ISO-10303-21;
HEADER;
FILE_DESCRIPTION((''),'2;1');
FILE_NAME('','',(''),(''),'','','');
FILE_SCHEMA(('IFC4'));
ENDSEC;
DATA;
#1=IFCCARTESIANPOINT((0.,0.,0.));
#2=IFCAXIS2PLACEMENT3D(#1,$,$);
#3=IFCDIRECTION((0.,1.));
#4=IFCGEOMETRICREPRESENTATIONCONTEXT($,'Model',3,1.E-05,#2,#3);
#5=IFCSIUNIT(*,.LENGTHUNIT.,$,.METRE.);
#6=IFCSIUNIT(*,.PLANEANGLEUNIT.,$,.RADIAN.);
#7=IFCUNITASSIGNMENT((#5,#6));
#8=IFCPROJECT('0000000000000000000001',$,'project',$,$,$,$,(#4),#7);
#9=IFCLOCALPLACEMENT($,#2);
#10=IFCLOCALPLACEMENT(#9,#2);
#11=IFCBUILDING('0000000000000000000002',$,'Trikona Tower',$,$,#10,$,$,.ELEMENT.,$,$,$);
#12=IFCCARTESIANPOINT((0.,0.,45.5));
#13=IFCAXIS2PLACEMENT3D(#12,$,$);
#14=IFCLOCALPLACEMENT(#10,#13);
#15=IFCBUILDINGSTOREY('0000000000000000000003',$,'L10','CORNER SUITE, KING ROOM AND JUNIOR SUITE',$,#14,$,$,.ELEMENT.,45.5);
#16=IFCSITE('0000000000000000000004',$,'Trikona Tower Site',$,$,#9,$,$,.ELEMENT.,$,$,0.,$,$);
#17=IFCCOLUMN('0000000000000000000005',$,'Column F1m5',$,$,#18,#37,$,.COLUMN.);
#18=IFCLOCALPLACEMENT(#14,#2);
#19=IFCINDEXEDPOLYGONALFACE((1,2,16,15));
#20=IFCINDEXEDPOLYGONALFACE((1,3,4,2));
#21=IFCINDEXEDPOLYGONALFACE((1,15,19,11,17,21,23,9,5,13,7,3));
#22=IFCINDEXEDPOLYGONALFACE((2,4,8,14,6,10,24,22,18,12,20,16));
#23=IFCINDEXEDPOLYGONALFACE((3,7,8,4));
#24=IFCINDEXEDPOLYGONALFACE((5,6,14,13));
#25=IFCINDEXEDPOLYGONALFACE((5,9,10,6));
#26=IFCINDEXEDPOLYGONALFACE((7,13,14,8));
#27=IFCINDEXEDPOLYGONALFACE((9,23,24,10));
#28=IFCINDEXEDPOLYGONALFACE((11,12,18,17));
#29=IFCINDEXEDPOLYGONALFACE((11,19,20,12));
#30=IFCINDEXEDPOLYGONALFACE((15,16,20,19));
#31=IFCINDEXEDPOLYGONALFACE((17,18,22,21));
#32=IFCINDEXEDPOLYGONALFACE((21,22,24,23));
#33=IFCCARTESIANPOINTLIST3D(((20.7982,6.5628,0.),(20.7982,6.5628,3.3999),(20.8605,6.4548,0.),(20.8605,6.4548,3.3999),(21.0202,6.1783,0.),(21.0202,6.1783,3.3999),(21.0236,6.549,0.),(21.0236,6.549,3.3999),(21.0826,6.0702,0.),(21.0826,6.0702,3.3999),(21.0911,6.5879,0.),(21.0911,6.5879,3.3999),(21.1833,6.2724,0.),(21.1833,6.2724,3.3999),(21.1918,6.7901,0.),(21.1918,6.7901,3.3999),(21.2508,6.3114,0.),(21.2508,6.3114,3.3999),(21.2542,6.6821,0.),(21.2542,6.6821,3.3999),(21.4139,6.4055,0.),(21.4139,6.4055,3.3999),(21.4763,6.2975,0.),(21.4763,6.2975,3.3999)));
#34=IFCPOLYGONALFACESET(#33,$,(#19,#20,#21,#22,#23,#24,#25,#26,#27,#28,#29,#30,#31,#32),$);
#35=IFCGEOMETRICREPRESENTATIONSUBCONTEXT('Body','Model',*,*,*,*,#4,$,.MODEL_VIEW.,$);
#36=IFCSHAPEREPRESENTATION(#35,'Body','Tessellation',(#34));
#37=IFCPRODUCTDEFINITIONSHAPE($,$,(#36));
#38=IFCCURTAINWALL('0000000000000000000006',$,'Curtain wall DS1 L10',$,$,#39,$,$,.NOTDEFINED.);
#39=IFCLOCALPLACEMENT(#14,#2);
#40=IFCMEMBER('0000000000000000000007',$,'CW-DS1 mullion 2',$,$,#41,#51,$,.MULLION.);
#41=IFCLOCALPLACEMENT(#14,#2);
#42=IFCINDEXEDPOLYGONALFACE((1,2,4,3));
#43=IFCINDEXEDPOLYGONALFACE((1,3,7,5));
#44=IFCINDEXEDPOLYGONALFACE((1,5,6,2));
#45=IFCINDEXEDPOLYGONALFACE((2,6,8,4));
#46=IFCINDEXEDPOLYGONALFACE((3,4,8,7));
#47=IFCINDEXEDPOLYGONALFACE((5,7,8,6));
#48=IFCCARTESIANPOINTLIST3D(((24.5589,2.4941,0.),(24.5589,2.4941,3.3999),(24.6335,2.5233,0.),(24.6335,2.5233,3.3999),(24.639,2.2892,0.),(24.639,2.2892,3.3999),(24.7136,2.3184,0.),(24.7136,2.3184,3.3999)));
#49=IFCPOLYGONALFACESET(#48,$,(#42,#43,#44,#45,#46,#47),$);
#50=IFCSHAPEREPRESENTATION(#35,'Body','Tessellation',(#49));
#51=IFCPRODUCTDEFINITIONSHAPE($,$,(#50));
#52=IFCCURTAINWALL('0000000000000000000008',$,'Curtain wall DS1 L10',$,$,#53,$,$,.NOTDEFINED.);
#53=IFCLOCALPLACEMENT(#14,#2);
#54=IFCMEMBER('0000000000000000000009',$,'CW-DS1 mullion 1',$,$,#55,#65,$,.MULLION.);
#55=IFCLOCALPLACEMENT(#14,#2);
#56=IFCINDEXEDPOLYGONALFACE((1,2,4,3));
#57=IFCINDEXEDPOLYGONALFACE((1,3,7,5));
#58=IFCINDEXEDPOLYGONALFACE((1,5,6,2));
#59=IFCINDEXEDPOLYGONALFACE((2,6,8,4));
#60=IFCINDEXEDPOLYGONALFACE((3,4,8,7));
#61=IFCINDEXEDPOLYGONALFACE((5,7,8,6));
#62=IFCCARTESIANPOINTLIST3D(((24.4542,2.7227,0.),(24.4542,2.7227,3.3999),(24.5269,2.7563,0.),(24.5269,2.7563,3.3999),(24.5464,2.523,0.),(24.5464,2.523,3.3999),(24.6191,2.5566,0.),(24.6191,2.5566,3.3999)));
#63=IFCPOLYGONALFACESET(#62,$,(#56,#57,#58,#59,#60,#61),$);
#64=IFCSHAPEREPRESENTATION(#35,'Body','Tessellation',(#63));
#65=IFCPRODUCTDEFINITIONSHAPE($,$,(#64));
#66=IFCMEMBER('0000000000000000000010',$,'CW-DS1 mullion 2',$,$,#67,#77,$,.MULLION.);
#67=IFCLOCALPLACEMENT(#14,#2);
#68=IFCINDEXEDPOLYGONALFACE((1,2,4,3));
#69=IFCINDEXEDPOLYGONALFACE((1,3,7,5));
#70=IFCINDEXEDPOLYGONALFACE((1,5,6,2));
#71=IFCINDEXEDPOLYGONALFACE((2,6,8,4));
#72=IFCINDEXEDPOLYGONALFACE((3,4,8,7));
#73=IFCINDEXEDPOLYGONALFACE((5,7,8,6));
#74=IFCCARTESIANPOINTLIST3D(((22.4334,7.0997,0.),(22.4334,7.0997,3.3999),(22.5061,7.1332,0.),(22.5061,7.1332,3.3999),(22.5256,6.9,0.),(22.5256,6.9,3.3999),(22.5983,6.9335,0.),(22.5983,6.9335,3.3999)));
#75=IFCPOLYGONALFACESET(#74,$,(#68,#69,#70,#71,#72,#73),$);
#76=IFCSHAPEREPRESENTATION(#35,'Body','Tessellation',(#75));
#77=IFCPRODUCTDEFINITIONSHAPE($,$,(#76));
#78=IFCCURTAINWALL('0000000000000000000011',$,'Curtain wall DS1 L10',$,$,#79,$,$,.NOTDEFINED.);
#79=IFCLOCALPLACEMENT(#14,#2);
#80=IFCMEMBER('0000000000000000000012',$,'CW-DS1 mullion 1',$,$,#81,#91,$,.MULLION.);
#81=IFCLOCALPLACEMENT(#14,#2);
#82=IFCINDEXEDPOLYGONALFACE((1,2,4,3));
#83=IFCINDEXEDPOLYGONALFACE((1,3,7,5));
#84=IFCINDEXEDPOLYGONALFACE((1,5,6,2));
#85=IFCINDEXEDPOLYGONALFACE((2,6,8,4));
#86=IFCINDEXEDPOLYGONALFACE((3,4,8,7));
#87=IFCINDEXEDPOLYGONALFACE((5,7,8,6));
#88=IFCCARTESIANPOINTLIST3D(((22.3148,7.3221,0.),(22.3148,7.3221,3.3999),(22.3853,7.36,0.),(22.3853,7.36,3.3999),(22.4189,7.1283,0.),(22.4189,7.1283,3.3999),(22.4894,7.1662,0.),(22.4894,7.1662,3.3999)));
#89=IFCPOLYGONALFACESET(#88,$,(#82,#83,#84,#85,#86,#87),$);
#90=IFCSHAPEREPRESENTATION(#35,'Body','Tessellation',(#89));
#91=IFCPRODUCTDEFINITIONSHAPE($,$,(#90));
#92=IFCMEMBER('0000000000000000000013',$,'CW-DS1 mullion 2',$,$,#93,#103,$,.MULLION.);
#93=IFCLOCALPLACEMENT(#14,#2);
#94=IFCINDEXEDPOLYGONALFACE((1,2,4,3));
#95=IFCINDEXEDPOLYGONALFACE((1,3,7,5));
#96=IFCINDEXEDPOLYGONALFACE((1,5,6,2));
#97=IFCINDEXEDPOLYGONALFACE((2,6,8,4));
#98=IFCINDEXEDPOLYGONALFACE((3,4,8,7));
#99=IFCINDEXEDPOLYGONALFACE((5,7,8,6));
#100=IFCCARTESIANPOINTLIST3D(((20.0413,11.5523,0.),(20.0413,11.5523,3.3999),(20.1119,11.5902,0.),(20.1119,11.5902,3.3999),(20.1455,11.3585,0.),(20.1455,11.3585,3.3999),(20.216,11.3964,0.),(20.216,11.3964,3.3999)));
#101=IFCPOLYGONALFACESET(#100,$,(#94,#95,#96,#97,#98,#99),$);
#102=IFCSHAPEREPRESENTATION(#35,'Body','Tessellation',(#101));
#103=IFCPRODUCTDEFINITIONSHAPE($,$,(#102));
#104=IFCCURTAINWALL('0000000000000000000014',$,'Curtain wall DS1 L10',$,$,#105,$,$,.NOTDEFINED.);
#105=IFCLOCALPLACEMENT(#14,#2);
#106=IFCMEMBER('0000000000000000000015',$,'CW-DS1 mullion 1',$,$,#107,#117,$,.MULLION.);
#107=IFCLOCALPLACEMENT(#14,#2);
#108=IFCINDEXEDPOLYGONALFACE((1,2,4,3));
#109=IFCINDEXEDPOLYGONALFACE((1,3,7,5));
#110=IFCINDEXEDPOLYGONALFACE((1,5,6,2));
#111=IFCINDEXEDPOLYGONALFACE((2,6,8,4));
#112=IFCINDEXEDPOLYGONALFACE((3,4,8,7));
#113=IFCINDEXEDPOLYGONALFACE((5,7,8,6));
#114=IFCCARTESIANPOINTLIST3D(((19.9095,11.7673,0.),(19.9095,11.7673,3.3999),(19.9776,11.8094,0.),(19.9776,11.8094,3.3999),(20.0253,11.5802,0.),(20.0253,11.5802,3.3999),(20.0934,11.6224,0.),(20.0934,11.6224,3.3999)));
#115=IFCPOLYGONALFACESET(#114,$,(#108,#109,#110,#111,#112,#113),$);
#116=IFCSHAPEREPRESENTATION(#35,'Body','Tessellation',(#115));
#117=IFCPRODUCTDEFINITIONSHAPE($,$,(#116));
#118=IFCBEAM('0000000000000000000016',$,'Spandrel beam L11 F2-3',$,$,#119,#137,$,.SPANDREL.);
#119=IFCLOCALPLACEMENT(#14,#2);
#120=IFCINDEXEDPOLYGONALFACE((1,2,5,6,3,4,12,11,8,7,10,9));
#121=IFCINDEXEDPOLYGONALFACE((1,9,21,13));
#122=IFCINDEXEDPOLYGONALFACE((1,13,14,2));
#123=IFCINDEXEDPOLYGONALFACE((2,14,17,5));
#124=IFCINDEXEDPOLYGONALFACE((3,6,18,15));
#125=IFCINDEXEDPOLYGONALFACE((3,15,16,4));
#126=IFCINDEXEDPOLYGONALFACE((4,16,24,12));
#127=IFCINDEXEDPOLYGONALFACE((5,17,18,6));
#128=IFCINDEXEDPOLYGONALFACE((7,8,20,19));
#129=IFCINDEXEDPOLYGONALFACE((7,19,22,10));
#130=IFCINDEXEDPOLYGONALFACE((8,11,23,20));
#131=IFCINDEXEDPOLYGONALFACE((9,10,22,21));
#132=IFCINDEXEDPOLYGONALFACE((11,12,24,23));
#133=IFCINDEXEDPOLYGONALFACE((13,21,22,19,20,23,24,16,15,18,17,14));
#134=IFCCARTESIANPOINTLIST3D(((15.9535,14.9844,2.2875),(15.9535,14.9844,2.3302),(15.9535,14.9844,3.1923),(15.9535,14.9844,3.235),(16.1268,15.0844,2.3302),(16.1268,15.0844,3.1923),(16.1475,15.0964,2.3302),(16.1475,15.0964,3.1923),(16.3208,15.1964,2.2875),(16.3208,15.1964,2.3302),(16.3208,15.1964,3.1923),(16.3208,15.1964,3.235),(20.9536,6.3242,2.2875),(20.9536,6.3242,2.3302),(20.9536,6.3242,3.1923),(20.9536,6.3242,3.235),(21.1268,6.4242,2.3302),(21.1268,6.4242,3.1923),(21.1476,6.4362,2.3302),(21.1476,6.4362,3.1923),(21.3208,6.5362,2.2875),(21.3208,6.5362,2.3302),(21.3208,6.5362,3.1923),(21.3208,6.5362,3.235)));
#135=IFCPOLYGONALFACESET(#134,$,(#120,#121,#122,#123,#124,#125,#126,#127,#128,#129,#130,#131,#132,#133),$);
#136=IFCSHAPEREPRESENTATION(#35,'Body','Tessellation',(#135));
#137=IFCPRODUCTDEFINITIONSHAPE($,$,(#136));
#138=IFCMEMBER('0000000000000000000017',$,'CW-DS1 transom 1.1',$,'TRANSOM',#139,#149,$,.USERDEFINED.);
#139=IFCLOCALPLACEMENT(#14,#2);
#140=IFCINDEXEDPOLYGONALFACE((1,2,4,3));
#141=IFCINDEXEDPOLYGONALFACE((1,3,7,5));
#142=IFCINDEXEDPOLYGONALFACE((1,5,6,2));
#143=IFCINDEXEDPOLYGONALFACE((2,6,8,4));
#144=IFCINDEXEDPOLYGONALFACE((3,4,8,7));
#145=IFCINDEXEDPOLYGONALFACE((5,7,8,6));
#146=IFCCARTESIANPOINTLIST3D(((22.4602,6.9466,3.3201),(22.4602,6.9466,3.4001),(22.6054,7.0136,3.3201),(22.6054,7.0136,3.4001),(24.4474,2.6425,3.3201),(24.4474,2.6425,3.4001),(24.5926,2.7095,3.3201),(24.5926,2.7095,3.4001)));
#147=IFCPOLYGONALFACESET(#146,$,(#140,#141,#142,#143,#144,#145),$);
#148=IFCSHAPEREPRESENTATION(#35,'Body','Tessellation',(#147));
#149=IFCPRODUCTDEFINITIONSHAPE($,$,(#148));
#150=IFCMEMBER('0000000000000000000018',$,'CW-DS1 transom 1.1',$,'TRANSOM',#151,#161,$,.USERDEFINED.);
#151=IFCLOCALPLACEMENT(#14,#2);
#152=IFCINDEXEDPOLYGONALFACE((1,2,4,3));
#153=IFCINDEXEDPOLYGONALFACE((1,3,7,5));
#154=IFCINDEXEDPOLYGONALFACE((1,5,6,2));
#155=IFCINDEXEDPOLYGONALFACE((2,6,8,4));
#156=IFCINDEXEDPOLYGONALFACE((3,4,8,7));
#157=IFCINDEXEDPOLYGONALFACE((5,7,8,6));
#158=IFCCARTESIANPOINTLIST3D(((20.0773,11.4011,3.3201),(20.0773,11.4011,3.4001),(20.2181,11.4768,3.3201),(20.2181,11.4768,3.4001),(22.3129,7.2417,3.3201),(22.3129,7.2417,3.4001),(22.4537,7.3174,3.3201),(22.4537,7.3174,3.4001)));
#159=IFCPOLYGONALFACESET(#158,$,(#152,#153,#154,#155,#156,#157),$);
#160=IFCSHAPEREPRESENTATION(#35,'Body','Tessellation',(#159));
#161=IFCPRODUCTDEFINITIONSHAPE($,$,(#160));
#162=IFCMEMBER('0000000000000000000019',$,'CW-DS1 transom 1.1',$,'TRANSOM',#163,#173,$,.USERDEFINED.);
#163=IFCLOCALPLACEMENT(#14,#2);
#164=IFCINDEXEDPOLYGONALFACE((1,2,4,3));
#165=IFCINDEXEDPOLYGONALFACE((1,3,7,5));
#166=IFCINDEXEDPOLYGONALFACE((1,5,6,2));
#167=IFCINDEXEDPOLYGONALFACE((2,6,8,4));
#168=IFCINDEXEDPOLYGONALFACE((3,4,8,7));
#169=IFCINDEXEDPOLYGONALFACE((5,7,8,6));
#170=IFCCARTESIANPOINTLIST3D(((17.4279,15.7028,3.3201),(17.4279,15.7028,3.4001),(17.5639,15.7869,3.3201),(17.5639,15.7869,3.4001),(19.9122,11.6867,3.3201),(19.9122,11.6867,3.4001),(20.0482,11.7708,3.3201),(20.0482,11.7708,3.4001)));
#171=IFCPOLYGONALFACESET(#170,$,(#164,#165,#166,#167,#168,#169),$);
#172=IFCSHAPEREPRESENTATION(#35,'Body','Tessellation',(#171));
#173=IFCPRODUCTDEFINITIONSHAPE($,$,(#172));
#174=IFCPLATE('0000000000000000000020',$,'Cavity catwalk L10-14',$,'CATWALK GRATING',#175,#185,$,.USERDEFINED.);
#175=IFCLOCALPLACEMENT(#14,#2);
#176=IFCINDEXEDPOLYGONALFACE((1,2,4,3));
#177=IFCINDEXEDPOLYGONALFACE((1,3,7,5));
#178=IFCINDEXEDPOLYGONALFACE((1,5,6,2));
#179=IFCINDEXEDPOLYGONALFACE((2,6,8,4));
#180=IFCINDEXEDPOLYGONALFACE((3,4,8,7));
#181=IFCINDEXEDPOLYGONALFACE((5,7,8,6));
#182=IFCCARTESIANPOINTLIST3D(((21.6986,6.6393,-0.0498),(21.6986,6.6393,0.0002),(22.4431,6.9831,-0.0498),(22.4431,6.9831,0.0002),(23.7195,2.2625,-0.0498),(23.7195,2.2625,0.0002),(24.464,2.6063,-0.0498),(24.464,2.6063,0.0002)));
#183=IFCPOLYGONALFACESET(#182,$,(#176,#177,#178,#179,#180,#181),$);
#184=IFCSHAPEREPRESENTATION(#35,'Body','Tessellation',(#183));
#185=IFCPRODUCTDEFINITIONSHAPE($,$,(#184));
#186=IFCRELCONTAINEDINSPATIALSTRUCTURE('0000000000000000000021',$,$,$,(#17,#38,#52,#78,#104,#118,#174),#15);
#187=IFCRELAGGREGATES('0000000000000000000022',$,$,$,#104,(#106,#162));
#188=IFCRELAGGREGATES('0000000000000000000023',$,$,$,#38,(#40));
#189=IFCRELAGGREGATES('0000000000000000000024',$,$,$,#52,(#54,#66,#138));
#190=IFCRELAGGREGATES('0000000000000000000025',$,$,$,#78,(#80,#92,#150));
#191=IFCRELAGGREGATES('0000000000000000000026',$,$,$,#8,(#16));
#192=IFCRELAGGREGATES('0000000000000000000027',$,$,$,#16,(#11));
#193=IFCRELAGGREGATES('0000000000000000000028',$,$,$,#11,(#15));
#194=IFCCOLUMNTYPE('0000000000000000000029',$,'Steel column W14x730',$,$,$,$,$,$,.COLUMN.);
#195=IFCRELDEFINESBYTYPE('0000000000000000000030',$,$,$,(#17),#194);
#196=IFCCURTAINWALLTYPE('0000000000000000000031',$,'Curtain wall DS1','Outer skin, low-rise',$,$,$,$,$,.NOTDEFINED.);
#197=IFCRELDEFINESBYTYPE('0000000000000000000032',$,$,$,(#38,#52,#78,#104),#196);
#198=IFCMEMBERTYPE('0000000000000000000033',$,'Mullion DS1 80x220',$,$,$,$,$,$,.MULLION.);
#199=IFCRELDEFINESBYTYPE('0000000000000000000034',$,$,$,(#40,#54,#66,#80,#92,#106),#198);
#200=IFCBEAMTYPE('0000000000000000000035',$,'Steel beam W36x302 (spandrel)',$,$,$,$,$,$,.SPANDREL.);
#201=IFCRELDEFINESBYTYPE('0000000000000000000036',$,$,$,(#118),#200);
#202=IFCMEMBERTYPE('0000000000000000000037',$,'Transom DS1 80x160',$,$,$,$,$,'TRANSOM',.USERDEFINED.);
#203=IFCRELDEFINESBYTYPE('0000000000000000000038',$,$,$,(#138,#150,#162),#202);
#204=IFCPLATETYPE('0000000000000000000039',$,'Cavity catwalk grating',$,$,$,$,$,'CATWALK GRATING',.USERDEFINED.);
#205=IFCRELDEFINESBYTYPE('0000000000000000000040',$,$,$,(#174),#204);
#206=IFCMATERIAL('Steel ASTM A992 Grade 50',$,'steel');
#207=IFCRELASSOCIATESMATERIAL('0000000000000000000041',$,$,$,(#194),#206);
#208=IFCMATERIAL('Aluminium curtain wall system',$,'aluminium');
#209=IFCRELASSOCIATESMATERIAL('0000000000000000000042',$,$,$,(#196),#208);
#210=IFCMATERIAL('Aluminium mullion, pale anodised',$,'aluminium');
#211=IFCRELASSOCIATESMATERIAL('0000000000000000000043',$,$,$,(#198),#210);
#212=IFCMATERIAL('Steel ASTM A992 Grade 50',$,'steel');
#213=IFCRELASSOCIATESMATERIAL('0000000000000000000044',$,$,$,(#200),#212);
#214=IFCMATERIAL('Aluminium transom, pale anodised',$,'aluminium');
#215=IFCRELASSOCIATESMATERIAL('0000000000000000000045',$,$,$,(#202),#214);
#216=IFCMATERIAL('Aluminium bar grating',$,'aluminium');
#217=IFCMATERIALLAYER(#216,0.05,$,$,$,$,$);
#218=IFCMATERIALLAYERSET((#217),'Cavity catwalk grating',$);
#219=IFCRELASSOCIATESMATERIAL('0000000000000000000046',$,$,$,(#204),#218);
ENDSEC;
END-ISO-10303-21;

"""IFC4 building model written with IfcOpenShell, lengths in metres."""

from ifc_helpers import new_model, si_unit, direction, frame, origin, origin_2d, place, context, subcontext, project, spatial, rectangle, i_section, extrude, material, layer, layer_set, material_profile, profile_set, type_object, element, aggregate, save


model = new_model("IFC4")

# Units and contexts
model_context = context("Model", 3, precision=1e-05, world=origin(), true_north=direction((0.0, 1.0)))
body_context = subcontext(model_context, "Body", "Model", "MODEL_VIEW")
ifc_project = project(units=[si_unit("LENGTHUNIT", "METRE"), si_unit("PLANEANGLEUNIT", "RADIAN")], contexts=[model_context])

# Site, building, storey
site_placement = place(None, origin())
site = spatial("IfcSite", under=ifc_project, at=site_placement, Name="Trikona Tower Site", CompositionType="ELEMENT", RefElevation=0.0)
building_placement = place(site_placement, origin())
building = spatial("IfcBuilding", under=site, at=building_placement, Name="Trikona Tower", CompositionType="ELEMENT")
storey_placement = place(building_placement, frame((0.0, 0.0, 45.5)))
storey = spatial("IfcBuildingStorey", under=building, at=storey_placement, Name="L10", Description="CORNER SUITE, KING ROOM AND JUNIOR SUITE", CompositionType="ELEMENT", Elevation=45.5)

# Column
ifc_material_1 = material(Name="Steel ASTM A992 Grade 50", Category="steel")
ifc_material_profile_1 = material_profile(ifc_material_1, i_section(OverallWidth=0.4546, OverallDepth=0.5688, WebThickness=0.0779, FlangeThickness=0.1248, at=origin_2d()), Name="W14X730")
ifc_profile_set_1 = profile_set([ifc_material_profile_1], Name="Steel ASTM A992 Grade 50")
column_type = type_object("IfcColumnType", Name="Steel column W14x730", PredefinedType="COLUMN", material=ifc_profile_set_1)
column_placement = place(storey_placement, frame((21.1372, 6.4302, 0.0), z_axis=(0.0, 0.0, 1.0), x_axis=(0.866025, 0.5, 0.0)))
element("IfcColumn", 1, at=column_placement, inside=storey, type_object=column_type, Name="Column F1m5", PredefinedType="COLUMN", context=body_context, shape_type="SweptSolid", body=[
    extrude(i_section(OverallWidth=0.4546, OverallDepth=0.5688, WebThickness=0.0779, FlangeThickness=0.1248, at=origin_2d()), origin(), (0.0, 0.0, 1.0), 3.3999),
])

# Curtain wall, member
ifc_material_2 = material(Name="Aluminium curtain wall system", Category="aluminium")
curtain_wall_type = type_object("IfcCurtainWallType", Name="Curtain wall DS1", Description="Outer skin, low-rise", PredefinedType="NOTDEFINED", material=ifc_material_2)
curtain_wall_1_placement = place(storey_placement, origin())
curtain_wall_1 = element("IfcCurtainWall", 2, at=curtain_wall_1_placement, inside=storey, type_object=curtain_wall_type, Name="Curtain wall DS1 L10", PredefinedType="NOTDEFINED")
ifc_material_3 = material(Name="Aluminium mullion, pale anodised", Category="aluminium")
ifc_material_profile_2 = material_profile(ifc_material_3, rectangle(XDim=0.0801, YDim=0.22, at=origin_2d()), Name="MUL-DS1")
ifc_profile_set_2 = profile_set([ifc_material_profile_2], Name="Aluminium mullion, pale anodised")
member_type_1 = type_object("IfcMemberType", Name="Mullion DS1 80x220", PredefinedType="MULLION", material=ifc_profile_set_2)
member_1_placement = place(storey_placement, frame((24.6362, 2.4062, 0.0), z_axis=(0.0, 0.0, 1.0), x_axis=(-0.931396, -0.364008, 0.0)))
member_1 = element("IfcMember", 3, at=member_1_placement, type_object=member_type_1, Name="CW-DS1 mullion 2", PredefinedType="MULLION", context=body_context, shape_type="SweptSolid", body=[
    extrude(rectangle(XDim=0.0801, YDim=0.22, at=origin_2d()), origin(), (0.0, 0.0, 1.0), 3.3999),
])

# Curtain walls, members
curtain_wall_2_placement = place(storey_placement, origin())
curtain_wall_2 = element("IfcCurtainWall", 4, at=curtain_wall_2_placement, inside=storey, type_object=curtain_wall_type, Name="Curtain wall DS1 L10", PredefinedType="NOTDEFINED")
member_2_placement = place(storey_placement, frame((24.5366, 2.6396, 0.0), z_axis=(0.0, 0.0, 1.0), x_axis=(-0.907898, -0.41919, 0.0)))
member_2 = element("IfcMember", 5, at=member_2_placement, type_object=member_type_1, Name="CW-DS1 mullion 1", PredefinedType="MULLION", context=body_context, shape_type="SweptSolid", body=[
    extrude(rectangle(XDim=0.0801, YDim=0.22, at=origin_2d()), origin(), (0.0, 0.0, 1.0), 3.3999),
])
member_3_placement = place(storey_placement, frame((22.5159, 7.0166, 0.0), z_axis=(0.0, 0.0, 1.0), x_axis=(-0.907898, -0.41919, 0.0)))
member_3 = element("IfcMember", 6, at=member_3_placement, type_object=member_type_1, Name="CW-DS1 mullion 2", PredefinedType="MULLION", context=body_context, shape_type="SweptSolid", body=[
    extrude(rectangle(XDim=0.0801, YDim=0.22, at=origin_2d()), origin(), (0.0, 0.0, 1.0), 3.3999),
])
curtain_wall_3_placement = place(storey_placement, origin())
curtain_wall_3 = element("IfcCurtainWall", 7, at=curtain_wall_3_placement, inside=storey, type_object=curtain_wall_type, Name="Curtain wall DS1 L10", PredefinedType="NOTDEFINED")
member_4_placement = place(storey_placement, frame((22.4021, 7.2441, 0.0), z_axis=(0.0, 0.0, 1.0), x_axis=(-0.880843, -0.473408, 0.0)))
member_4 = element("IfcMember", 8, at=member_4_placement, type_object=member_type_1, Name="CW-DS1 mullion 1", PredefinedType="MULLION", context=body_context, shape_type="SweptSolid", body=[
    extrude(rectangle(XDim=0.0801, YDim=0.22, at=origin_2d()), origin(), (0.0, 0.0, 1.0), 3.3999),
])
member_5_placement = place(storey_placement, frame((20.1287, 11.4744, 0.0), z_axis=(0.0, 0.0, 1.0), x_axis=(-0.880843, -0.473408, 0.0)))
member_5 = element("IfcMember", 9, at=member_5_placement, type_object=member_type_1, Name="CW-DS1 mullion 2", PredefinedType="MULLION", context=body_context, shape_type="SweptSolid", body=[
    extrude(rectangle(XDim=0.0801, YDim=0.22, at=origin_2d()), origin(), (0.0, 0.0, 1.0), 3.3999),
])

# Curtain wall, member
curtain_wall_4_placement = place(storey_placement, origin())
curtain_wall_4 = element("IfcCurtainWall", 10, at=curtain_wall_4_placement, inside=storey, type_object=curtain_wall_type, Name="Curtain wall DS1 L10", PredefinedType="NOTDEFINED")
member_6_placement = place(storey_placement, frame((20.0015, 11.6948, 0.0), z_axis=(0.0, 0.0, 1.0), x_axis=(-0.85041, -0.52612, 0.0)))
member_6 = element("IfcMember", 11, at=member_6_placement, type_object=member_type_1, Name="CW-DS1 mullion 1", PredefinedType="MULLION", context=body_context, shape_type="SweptSolid", body=[
    extrude(rectangle(XDim=0.0801, YDim=0.22, at=origin_2d()), origin(), (0.0, 0.0, 1.0), 3.3999),
])

# Beam
ifc_material_4 = material(Name="Steel ASTM A992 Grade 50", Category="steel")
ifc_material_profile_3 = material_profile(ifc_material_4, i_section(OverallWidth=0.4241, OverallDepth=0.9475, WebThickness=0.0239, FlangeThickness=0.0427, at=origin_2d()), Name="W36X302")
ifc_profile_set_3 = profile_set([ifc_material_profile_3], Name="Steel ASTM A992 Grade 50")
beam_type = type_object("IfcBeamType", Name="Steel beam W36x302 (spandrel)", PredefinedType="SPANDREL", material=ifc_profile_set_3)
beam_placement = place(storey_placement, frame((21.1372, 6.4302, 2.7612), z_axis=(-0.500004, 0.866023, 0.0), x_axis=(-0.866023, -0.500004, 0.0)))
element("IfcBeam", 12, at=beam_placement, inside=storey, type_object=beam_type, Name="Spandrel beam L11 F2-3", PredefinedType="SPANDREL", context=body_context, shape_type="SweptSolid", body=[
    extrude(i_section(OverallWidth=0.4241, OverallDepth=0.9475, WebThickness=0.0239, FlangeThickness=0.0427, at=origin_2d()), origin(), (0.0, 0.0, 1.0), 10.0),
])

# Members
ifc_material_5 = material(Name="Aluminium transom, pale anodised", Category="aluminium")
ifc_material_profile_4 = material_profile(ifc_material_5, rectangle(XDim=0.1599, YDim=0.0801, at=origin_2d()), Name="TRN-DS1")
ifc_profile_set_4 = profile_set([ifc_material_profile_4], Name="Aluminium transom, pale anodised")
member_type_2 = type_object("IfcMemberType", Name="Transom DS1 80x160", ElementType="TRANSOM", PredefinedType="USERDEFINED", material=ifc_profile_set_4)
member_7_placement = place(storey_placement, frame((24.52, 2.676, 3.3601), z_axis=(-0.419189, 0.907899, 0.0), x_axis=(-0.907899, -0.419189, 0.0)))
member_7 = element("IfcMember", 13, at=member_7_placement, type_object=member_type_2, Name="CW-DS1 transom 1.1", ObjectType="TRANSOM", PredefinedType="USERDEFINED", context=body_context, shape_type="SweptSolid", body=[
    extrude(rectangle(XDim=0.1599, YDim=0.0801, at=origin_2d()), origin(), (0.0, 0.0, 1.0), 4.7407),
])
member_8_placement = place(storey_placement, frame((22.3833, 7.2795, 3.3601), z_axis=(-0.473428, 0.880833, 0.0), x_axis=(-0.880833, -0.473428, 0.0)))
member_8 = element("IfcMember", 14, at=member_8_placement, type_object=member_type_2, Name="CW-DS1 transom 1.1", ObjectType="TRANSOM", PredefinedType="USERDEFINED", context=body_context, shape_type="SweptSolid", body=[
    extrude(rectangle(XDim=0.1599, YDim=0.0801, at=origin_2d()), origin(), (0.0, 0.0, 1.0), 4.7222),
])
member_9_placement = place(storey_placement, frame((19.9802, 11.7288, 3.3601), z_axis=(-0.526081, 0.850435, 0.0), x_axis=(-0.850435, -0.526081, 0.0)))
member_9 = element("IfcMember", 15, at=member_9_placement, type_object=member_type_2, Name="CW-DS1 transom 1.1", ObjectType="TRANSOM", PredefinedType="USERDEFINED", context=body_context, shape_type="SweptSolid", body=[
    extrude(rectangle(XDim=0.1599, YDim=0.0801, at=origin_2d()), origin(), (0.0, 0.0, 1.0), 4.7224),
])
aggregate(curtain_wall_4, [member_6, member_9])

# Plate
ifc_material_6 = material(Name="Aluminium bar grating", Category="aluminium")
ifc_layer_1 = layer(ifc_material_6, 0.05)
ifc_layer_set_1 = layer_set([ifc_layer_1], Name="Cavity catwalk grating")
plate_type_1 = type_object("IfcPlateType", Name="Cavity catwalk grating", ElementType="CATWALK GRATING", PredefinedType="USERDEFINED", material=ifc_layer_set_1)
plate_1_placement = place(storey_placement, frame((23.0813, 4.6228, -0.0498), z_axis=(0.0, 0.0, 1.0), x_axis=(-0.419194, 0.907897, 0.0)))
element("IfcPlate", 16, at=plate_1_placement, inside=storey, type_object=plate_type_1, Name="Cavity catwalk L10-14", ObjectType="CATWALK GRATING", PredefinedType="USERDEFINED", context=body_context, shape_type="SweptSolid", body=[
    extrude(rectangle(XDim=4.8208, YDim=0.8201, at=origin_2d()), origin(), (0.0, 0.0, 1.0), 0.05),
])

aggregate(curtain_wall_1, [member_1])
aggregate(curtain_wall_2, [member_2, member_3, member_7])
aggregate(curtain_wall_3, [member_4, member_5, member_8])

save(model, "model.ifc")
